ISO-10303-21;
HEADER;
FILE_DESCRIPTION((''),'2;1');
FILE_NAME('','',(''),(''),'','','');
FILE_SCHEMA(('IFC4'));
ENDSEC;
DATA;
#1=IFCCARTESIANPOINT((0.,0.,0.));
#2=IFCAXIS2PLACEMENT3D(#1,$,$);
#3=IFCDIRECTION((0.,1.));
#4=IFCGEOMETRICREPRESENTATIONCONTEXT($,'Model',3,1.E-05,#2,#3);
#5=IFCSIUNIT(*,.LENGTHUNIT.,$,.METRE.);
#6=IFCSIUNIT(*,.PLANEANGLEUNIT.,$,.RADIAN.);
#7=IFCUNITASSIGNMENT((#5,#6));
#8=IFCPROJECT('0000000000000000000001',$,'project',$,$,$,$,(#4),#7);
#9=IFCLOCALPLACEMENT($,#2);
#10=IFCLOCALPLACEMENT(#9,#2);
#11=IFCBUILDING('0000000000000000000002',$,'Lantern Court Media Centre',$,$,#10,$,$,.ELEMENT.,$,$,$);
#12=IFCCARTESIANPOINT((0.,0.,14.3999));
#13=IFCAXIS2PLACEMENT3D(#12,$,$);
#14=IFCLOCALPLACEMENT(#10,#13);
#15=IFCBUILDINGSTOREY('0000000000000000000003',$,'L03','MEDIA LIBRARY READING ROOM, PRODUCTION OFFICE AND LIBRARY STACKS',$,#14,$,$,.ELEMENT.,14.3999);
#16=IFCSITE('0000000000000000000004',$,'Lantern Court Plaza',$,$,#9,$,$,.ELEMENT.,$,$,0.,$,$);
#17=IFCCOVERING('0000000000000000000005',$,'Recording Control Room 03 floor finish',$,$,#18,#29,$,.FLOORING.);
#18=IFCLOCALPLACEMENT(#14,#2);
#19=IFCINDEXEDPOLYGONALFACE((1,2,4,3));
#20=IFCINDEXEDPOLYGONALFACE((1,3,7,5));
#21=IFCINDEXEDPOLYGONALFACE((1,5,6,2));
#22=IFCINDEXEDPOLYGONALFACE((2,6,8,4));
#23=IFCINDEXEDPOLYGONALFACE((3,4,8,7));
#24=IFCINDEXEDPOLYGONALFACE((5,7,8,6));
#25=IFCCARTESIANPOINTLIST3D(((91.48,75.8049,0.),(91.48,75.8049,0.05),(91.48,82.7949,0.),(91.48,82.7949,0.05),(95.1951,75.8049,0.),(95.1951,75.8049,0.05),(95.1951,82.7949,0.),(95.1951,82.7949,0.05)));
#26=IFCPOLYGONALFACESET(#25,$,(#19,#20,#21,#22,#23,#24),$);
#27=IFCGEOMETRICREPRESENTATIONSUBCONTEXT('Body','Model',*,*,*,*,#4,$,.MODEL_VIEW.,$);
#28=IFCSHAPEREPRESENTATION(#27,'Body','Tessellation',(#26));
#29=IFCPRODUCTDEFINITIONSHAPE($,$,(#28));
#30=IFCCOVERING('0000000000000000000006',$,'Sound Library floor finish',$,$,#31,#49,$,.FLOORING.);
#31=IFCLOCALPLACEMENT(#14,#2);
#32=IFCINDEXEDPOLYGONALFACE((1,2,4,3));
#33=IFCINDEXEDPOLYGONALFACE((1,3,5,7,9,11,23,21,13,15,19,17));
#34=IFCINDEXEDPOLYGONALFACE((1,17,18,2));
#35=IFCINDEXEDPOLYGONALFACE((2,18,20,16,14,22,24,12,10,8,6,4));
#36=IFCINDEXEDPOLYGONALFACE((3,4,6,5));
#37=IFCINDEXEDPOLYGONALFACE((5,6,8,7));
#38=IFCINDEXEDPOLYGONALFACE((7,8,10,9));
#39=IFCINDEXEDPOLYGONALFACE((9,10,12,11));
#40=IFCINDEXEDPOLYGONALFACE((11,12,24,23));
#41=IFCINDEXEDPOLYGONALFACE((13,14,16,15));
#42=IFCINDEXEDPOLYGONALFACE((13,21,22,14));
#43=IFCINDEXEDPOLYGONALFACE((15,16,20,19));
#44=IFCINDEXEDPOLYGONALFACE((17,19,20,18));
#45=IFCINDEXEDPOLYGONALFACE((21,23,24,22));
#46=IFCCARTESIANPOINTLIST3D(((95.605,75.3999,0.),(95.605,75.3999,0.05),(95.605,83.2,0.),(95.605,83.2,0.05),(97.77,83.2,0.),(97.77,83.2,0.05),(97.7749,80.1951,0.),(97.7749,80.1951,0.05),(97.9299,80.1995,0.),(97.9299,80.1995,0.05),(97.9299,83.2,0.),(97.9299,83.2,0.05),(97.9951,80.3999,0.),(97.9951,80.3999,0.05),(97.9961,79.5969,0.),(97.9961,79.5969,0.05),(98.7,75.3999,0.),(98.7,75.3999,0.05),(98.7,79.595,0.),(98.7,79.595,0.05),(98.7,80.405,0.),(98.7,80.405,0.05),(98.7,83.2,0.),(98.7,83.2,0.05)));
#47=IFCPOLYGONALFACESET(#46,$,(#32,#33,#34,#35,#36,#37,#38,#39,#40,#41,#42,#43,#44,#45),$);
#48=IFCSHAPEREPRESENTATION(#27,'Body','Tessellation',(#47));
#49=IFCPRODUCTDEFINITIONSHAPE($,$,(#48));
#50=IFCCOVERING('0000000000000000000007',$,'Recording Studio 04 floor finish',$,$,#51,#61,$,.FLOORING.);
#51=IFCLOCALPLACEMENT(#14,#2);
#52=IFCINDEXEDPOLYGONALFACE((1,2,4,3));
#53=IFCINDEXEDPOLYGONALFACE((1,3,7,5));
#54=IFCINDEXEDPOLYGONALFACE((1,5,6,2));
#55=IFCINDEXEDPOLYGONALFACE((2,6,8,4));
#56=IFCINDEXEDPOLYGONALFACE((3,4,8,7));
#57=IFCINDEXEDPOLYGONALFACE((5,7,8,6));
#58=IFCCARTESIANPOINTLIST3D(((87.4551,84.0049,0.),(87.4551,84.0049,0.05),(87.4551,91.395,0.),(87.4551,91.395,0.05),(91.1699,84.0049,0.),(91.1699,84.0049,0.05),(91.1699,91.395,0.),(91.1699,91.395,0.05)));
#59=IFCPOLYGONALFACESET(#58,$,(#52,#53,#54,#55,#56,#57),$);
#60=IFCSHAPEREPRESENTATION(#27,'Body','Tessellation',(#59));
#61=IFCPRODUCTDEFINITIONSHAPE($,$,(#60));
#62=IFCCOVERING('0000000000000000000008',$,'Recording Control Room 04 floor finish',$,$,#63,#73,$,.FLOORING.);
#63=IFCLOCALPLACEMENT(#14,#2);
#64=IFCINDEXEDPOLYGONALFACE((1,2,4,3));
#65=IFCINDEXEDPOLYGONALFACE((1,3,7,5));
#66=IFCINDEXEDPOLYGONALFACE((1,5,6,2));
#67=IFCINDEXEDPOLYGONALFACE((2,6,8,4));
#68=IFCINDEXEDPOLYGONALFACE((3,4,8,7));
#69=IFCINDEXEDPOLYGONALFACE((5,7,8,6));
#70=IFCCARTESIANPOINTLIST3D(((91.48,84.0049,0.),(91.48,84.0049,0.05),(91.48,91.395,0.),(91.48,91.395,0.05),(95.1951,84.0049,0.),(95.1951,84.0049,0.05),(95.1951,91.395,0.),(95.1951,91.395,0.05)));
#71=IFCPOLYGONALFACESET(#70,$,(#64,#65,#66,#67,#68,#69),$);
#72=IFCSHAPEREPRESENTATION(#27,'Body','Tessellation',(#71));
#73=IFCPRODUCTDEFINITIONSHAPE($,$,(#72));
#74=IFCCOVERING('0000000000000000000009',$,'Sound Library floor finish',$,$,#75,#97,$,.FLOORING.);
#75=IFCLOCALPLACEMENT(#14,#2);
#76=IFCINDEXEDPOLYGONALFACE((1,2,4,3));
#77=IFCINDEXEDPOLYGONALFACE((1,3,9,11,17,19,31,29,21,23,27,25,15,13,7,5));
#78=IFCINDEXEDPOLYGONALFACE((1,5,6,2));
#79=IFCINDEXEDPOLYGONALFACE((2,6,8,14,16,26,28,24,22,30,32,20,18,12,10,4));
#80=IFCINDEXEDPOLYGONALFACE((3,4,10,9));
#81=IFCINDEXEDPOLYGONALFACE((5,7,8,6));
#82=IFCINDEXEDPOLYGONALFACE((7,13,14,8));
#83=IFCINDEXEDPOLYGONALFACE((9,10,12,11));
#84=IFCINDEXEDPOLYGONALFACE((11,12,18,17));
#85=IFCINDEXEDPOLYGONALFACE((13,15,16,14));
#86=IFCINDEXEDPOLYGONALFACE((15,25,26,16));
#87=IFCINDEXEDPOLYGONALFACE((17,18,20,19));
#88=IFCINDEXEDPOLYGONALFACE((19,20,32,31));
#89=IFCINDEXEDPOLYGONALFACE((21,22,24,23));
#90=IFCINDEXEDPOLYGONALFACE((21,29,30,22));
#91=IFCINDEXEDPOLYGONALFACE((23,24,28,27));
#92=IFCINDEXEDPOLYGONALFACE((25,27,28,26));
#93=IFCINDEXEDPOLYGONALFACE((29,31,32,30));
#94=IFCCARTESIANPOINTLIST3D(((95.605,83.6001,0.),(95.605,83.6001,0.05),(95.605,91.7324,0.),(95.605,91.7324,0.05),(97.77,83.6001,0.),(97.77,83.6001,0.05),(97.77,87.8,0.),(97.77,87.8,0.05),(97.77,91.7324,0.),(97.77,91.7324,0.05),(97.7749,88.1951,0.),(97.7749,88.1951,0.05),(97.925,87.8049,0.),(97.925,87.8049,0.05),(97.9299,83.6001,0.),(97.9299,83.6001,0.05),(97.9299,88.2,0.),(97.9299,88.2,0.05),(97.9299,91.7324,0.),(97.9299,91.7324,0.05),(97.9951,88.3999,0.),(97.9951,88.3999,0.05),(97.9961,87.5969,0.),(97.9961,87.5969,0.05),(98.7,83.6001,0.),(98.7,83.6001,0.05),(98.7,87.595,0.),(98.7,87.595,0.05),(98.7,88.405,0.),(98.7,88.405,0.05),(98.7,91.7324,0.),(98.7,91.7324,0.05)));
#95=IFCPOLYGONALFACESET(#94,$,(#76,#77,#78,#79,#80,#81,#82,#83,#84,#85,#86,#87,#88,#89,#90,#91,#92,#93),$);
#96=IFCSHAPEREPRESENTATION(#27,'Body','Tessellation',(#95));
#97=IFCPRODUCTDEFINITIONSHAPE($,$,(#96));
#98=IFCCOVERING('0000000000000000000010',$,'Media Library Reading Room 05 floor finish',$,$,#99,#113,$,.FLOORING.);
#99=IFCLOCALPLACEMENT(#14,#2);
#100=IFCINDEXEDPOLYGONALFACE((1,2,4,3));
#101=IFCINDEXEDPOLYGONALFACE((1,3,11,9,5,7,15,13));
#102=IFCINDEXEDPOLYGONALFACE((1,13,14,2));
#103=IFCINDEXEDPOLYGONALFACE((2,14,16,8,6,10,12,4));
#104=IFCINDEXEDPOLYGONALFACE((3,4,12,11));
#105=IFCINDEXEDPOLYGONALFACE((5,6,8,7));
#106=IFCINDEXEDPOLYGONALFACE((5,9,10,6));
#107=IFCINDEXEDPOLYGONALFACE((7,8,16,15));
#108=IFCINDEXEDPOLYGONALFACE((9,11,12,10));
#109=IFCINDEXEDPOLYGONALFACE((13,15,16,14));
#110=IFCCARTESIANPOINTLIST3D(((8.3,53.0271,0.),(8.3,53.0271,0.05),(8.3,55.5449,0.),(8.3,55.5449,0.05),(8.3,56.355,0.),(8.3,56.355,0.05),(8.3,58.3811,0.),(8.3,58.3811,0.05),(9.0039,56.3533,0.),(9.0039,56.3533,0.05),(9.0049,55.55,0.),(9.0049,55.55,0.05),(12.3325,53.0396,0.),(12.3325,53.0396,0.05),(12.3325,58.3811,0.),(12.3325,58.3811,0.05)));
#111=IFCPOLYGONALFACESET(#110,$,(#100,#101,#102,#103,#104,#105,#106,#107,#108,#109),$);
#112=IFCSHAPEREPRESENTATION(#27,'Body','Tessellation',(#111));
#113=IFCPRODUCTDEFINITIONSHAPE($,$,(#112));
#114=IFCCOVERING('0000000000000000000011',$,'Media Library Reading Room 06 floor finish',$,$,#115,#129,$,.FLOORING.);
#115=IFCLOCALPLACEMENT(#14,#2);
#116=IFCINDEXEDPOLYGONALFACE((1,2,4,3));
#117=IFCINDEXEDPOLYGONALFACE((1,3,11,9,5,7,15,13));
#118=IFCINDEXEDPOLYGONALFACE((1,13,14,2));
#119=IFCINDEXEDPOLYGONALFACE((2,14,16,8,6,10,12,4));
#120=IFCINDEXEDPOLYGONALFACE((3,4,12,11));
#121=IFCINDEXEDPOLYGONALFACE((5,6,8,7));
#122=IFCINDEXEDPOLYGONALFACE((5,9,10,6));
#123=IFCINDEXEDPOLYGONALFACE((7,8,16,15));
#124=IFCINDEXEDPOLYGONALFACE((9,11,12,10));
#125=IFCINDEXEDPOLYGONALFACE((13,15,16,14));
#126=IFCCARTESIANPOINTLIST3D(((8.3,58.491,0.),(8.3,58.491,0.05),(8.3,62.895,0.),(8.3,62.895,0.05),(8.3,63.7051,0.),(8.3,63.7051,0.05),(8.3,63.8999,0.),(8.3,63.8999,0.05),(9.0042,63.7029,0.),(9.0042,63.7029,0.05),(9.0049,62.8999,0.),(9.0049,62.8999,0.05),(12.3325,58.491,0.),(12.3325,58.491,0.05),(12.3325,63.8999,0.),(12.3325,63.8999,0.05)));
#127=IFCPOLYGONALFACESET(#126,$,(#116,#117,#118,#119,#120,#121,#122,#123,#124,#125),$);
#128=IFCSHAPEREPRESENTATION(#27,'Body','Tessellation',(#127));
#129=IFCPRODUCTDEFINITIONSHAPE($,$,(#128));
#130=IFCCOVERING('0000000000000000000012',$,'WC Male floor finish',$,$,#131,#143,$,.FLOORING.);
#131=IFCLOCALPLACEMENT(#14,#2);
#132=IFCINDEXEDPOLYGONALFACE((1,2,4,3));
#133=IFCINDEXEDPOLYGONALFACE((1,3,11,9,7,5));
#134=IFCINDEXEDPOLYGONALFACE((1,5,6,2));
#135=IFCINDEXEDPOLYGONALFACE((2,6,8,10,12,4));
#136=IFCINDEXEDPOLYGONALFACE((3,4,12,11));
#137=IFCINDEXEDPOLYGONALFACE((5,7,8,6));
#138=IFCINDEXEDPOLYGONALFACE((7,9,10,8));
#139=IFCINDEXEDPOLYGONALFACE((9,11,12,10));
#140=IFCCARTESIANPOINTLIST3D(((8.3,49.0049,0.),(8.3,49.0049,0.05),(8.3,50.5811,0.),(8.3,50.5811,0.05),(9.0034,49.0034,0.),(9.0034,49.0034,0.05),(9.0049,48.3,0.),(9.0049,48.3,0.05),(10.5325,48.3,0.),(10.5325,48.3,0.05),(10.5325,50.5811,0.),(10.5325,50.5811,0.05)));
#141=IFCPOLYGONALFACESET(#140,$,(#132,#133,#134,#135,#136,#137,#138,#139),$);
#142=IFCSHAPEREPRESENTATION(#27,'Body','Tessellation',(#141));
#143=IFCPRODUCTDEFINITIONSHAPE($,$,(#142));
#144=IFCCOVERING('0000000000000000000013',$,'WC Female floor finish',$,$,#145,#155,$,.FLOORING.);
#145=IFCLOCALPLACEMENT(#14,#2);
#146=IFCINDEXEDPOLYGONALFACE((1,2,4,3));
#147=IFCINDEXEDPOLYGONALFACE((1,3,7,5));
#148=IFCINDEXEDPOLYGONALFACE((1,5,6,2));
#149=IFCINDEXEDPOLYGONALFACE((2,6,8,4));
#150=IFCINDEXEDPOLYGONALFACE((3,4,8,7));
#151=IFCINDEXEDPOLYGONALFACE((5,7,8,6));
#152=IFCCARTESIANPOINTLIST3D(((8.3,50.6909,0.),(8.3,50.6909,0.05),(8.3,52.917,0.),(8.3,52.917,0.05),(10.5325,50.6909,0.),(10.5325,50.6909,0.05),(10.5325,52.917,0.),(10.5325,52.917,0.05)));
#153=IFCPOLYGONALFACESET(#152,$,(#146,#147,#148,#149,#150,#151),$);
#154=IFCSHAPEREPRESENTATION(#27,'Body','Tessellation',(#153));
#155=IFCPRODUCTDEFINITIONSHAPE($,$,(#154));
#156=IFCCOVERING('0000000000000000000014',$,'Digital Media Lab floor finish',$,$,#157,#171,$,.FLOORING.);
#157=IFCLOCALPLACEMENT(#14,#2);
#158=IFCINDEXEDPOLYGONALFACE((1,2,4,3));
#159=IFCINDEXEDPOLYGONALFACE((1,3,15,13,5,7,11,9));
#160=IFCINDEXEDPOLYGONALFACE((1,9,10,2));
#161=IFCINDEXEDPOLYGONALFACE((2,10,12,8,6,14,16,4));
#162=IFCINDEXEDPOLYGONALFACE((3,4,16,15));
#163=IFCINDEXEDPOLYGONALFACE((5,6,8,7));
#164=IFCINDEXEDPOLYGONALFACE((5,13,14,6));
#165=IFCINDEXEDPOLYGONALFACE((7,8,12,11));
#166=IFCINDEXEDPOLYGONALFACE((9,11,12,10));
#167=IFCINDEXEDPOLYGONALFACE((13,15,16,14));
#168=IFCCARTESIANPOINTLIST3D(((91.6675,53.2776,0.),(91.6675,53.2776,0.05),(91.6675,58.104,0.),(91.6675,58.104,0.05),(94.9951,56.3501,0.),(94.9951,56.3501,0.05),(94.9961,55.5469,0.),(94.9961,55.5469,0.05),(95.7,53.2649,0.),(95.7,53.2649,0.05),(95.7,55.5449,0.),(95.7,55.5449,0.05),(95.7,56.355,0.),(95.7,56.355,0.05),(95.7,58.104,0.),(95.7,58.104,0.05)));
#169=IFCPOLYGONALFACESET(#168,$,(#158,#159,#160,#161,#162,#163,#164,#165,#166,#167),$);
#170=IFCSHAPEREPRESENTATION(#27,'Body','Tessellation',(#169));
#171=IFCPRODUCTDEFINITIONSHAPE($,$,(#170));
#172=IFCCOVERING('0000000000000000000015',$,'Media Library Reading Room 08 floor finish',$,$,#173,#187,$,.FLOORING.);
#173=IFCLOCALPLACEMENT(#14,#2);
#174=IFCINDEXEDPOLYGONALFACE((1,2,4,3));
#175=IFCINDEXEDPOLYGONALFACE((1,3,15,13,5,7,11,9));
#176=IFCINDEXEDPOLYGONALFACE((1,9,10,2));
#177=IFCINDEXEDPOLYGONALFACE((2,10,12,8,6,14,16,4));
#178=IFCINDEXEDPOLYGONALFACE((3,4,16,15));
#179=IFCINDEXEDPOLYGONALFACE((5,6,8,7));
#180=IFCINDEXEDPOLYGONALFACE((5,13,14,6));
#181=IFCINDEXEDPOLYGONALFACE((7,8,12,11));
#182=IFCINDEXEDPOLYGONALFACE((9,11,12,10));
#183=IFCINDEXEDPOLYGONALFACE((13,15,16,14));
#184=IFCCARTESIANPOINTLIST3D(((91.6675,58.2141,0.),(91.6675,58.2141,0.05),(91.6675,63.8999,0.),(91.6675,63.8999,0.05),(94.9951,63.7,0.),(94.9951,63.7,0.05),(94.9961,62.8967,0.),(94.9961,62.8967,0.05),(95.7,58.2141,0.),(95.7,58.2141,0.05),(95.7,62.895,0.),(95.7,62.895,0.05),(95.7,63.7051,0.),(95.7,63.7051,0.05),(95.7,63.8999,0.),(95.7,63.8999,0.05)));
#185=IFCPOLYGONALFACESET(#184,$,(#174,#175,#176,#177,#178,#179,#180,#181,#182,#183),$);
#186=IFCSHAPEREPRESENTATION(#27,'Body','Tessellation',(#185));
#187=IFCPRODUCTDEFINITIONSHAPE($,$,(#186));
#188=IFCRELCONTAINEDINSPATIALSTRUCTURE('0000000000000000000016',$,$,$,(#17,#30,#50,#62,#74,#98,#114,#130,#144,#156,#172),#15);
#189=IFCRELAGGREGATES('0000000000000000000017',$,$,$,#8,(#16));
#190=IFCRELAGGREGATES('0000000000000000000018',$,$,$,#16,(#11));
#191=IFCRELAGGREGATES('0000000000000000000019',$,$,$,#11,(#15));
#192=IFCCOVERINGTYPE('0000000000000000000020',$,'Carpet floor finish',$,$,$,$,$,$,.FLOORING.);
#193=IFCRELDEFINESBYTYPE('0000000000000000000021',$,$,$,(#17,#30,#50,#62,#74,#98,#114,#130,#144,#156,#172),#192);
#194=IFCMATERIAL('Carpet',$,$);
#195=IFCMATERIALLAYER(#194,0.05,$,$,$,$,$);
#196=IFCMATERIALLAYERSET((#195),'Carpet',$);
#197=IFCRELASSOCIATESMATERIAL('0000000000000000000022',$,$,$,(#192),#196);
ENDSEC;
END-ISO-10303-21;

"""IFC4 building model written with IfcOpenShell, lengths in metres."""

from ifc_helpers import new_model, si_unit, direction, frame, origin, place, context, subcontext, project, spatial, polyline, outline, extrude, material, layer, layer_set, type_object, element, save


model = new_model("IFC4")

# Units and contexts
model_context = context("Model", 3, precision=1e-05, world=origin(), true_north=direction((0.0, 1.0)))
body_context = subcontext(model_context, "Body", "Model", "MODEL_VIEW")
ifc_project = project(units=[si_unit("LENGTHUNIT", "METRE"), si_unit("PLANEANGLEUNIT", "RADIAN")], contexts=[model_context])

# Site, building, storey
site_placement = place(None, origin())
site = spatial("IfcSite", under=ifc_project, at=site_placement, Name="Lantern Court Plaza", CompositionType="ELEMENT", RefElevation=0.0)
building_placement = place(site_placement, origin())
building = spatial("IfcBuilding", under=site, at=building_placement, Name="Lantern Court Media Centre", CompositionType="ELEMENT")
storey_placement = place(building_placement, frame((0.0, 0.0, 14.3999)))
storey = spatial("IfcBuildingStorey", under=building, at=storey_placement, Name="L03", Description="MEDIA LIBRARY READING ROOM, PRODUCTION OFFICE AND LIBRARY STACKS", CompositionType="ELEMENT", Elevation=14.3999)

# Coverings
ifc_material_1 = material(Name="Carpet")
ifc_layer_1 = layer(ifc_material_1, 0.05)
ifc_layer_set_1 = layer_set([ifc_layer_1], Name="Carpet")
covering_type_1 = type_object("IfcCoveringType", Name="Carpet floor finish", PredefinedType="FLOORING", material=ifc_layer_set_1)
covering_1_placement = place(storey_placement, origin())
element("IfcCovering", 1, at=covering_1_placement, inside=storey, type_object=covering_type_1, Name="Recording Control Room 03 floor finish", PredefinedType="FLOORING", context=body_context, shape_type="SweptSolid", body=[
    extrude(outline(polyline([(91.48, 75.8049), (91.48, 82.7949), (95.1951, 82.7949), (95.1951, 75.8049), (91.48, 75.8049)])), origin(), (0.0, 0.0, 1.0), 0.05),
])
covering_2_placement = place(storey_placement, origin())
element("IfcCovering", 2, at=covering_2_placement, inside=storey, type_object=covering_type_1, Name="Sound Library floor finish", PredefinedType="FLOORING", context=body_context, shape_type="SweptSolid", body=[
    extrude(outline(polyline([(98.7, 75.3999), (95.605, 75.3999), (95.605, 83.2), (97.77, 83.2), (97.7749, 80.1951), (97.9299, 80.1995), (97.9299, 83.2), (98.7, 83.2), (98.7, 80.405), (97.9951, 80.3999), (97.9961, 79.5969), (98.7, 79.595), (98.7, 75.3999)])), origin(), (0.0, 0.0, 1.0), 0.05),
])
covering_3_placement = place(storey_placement, origin())
element("IfcCovering", 3, at=covering_3_placement, inside=storey, type_object=covering_type_1, Name="Recording Studio 04 floor finish", PredefinedType="FLOORING", context=body_context, shape_type="SweptSolid", body=[
    extrude(outline(polyline([(87.4551, 84.0049), (87.4551, 91.395), (91.1699, 91.395), (91.1699, 84.0049), (87.4551, 84.0049)])), origin(), (0.0, 0.0, 1.0), 0.05),
])
covering_4_placement = place(storey_placement, origin())
element("IfcCovering", 4, at=covering_4_placement, inside=storey, type_object=covering_type_1, Name="Recording Control Room 04 floor finish", PredefinedType="FLOORING", context=body_context, shape_type="SweptSolid", body=[
    extrude(outline(polyline([(91.48, 91.395), (95.1951, 91.395), (95.1951, 84.0049), (91.48, 84.0049), (91.48, 91.395)])), origin(), (0.0, 0.0, 1.0), 0.05),
])
covering_5_placement = place(storey_placement, origin())
element("IfcCovering", 5, at=covering_5_placement, inside=storey, type_object=covering_type_1, Name="Sound Library floor finish", PredefinedType="FLOORING", context=body_context, shape_type="SweptSolid", body=[
    extrude(outline(polyline([(98.7, 83.6001), (97.9299, 83.6001), (97.925, 87.8049), (97.77, 87.8), (97.77, 83.6001), (95.605, 83.6001), (95.605, 91.7324), (97.77, 91.7324), (97.7749, 88.1951), (97.9299, 88.2), (97.9299, 91.7324), (98.7, 91.7324), (98.7, 88.405), (97.9951, 88.3999), (97.9961, 87.5969), (98.7, 87.595), (98.7, 83.6001)])), origin(), (0.0, 0.0, 1.0), 0.05),
])
covering_6_placement = place(storey_placement, origin())
element("IfcCovering", 6, at=covering_6_placement, inside=storey, type_object=covering_type_1, Name="Media Library Reading Room 05 floor finish", PredefinedType="FLOORING", context=body_context, shape_type="SweptSolid", body=[
    extrude(outline(polyline([(8.3, 58.3811), (12.3325, 58.3811), (12.3325, 53.0396), (8.3, 53.0271), (8.3, 55.5449), (9.0049, 55.55), (9.0039, 56.3533), (8.3, 56.355), (8.3, 58.3811)])), origin(), (0.0, 0.0, 1.0), 0.05),
])
covering_7_placement = place(storey_placement, origin())
element("IfcCovering", 7, at=covering_7_placement, inside=storey, type_object=covering_type_1, Name="Media Library Reading Room 06 floor finish", PredefinedType="FLOORING", context=body_context, shape_type="SweptSolid", body=[
    extrude(outline(polyline([(8.3, 63.8999), (12.3325, 63.8999), (12.3325, 58.491), (8.3, 58.491), (8.3, 62.895), (9.0049, 62.8999), (9.0042, 63.7029), (8.3, 63.7051), (8.3, 63.8999)])), origin(), (0.0, 0.0, 1.0), 0.05),
])
covering_8_placement = place(storey_placement, origin())
element("IfcCovering", 8, at=covering_8_placement, inside=storey, type_object=covering_type_1, Name="WC Male floor finish", PredefinedType="FLOORING", context=body_context, shape_type="SweptSolid", body=[
    extrude(outline(polyline([(8.3, 50.5811), (10.5325, 50.5811), (10.5325, 48.3), (9.0049, 48.3), (9.0034, 49.0034), (8.3, 49.0049), (8.3, 50.5811)])), origin(), (0.0, 0.0, 1.0), 0.05),
])
covering_9_placement = place(storey_placement, origin())
element("IfcCovering", 9, at=covering_9_placement, inside=storey, type_object=covering_type_1, Name="WC Female floor finish", PredefinedType="FLOORING", context=body_context, shape_type="SweptSolid", body=[
    extrude(outline(polyline([(8.3, 52.917), (10.5325, 52.917), (10.5325, 50.6909), (8.3, 50.6909), (8.3, 52.917)])), origin(), (0.0, 0.0, 1.0), 0.05),
])
covering_10_placement = place(storey_placement, origin())
element("IfcCovering", 10, at=covering_10_placement, inside=storey, type_object=covering_type_1, Name="Digital Media Lab floor finish", PredefinedType="FLOORING", context=body_context, shape_type="SweptSolid", body=[
    extrude(outline(polyline([(95.7, 53.2649), (91.6675, 53.2776), (91.6675, 58.104), (95.7, 58.104), (95.7, 56.355), (94.9951, 56.3501), (94.9961, 55.5469), (95.7, 55.5449), (95.7, 53.2649)])), origin(), (0.0, 0.0, 1.0), 0.05),
])
covering_11_placement = place(storey_placement, origin())
element("IfcCovering", 11, at=covering_11_placement, inside=storey, type_object=covering_type_1, Name="Media Library Reading Room 08 floor finish", PredefinedType="FLOORING", context=body_context, shape_type="SweptSolid", body=[
    extrude(outline(polyline([(95.7, 58.2141), (91.6675, 58.2141), (91.6675, 63.8999), (95.7, 63.8999), (95.7, 63.7051), (94.9951, 63.7), (94.9961, 62.8967), (95.7, 62.895), (95.7, 58.2141)])), origin(), (0.0, 0.0, 1.0), 0.05),
])

save(model, "model.ifc")
